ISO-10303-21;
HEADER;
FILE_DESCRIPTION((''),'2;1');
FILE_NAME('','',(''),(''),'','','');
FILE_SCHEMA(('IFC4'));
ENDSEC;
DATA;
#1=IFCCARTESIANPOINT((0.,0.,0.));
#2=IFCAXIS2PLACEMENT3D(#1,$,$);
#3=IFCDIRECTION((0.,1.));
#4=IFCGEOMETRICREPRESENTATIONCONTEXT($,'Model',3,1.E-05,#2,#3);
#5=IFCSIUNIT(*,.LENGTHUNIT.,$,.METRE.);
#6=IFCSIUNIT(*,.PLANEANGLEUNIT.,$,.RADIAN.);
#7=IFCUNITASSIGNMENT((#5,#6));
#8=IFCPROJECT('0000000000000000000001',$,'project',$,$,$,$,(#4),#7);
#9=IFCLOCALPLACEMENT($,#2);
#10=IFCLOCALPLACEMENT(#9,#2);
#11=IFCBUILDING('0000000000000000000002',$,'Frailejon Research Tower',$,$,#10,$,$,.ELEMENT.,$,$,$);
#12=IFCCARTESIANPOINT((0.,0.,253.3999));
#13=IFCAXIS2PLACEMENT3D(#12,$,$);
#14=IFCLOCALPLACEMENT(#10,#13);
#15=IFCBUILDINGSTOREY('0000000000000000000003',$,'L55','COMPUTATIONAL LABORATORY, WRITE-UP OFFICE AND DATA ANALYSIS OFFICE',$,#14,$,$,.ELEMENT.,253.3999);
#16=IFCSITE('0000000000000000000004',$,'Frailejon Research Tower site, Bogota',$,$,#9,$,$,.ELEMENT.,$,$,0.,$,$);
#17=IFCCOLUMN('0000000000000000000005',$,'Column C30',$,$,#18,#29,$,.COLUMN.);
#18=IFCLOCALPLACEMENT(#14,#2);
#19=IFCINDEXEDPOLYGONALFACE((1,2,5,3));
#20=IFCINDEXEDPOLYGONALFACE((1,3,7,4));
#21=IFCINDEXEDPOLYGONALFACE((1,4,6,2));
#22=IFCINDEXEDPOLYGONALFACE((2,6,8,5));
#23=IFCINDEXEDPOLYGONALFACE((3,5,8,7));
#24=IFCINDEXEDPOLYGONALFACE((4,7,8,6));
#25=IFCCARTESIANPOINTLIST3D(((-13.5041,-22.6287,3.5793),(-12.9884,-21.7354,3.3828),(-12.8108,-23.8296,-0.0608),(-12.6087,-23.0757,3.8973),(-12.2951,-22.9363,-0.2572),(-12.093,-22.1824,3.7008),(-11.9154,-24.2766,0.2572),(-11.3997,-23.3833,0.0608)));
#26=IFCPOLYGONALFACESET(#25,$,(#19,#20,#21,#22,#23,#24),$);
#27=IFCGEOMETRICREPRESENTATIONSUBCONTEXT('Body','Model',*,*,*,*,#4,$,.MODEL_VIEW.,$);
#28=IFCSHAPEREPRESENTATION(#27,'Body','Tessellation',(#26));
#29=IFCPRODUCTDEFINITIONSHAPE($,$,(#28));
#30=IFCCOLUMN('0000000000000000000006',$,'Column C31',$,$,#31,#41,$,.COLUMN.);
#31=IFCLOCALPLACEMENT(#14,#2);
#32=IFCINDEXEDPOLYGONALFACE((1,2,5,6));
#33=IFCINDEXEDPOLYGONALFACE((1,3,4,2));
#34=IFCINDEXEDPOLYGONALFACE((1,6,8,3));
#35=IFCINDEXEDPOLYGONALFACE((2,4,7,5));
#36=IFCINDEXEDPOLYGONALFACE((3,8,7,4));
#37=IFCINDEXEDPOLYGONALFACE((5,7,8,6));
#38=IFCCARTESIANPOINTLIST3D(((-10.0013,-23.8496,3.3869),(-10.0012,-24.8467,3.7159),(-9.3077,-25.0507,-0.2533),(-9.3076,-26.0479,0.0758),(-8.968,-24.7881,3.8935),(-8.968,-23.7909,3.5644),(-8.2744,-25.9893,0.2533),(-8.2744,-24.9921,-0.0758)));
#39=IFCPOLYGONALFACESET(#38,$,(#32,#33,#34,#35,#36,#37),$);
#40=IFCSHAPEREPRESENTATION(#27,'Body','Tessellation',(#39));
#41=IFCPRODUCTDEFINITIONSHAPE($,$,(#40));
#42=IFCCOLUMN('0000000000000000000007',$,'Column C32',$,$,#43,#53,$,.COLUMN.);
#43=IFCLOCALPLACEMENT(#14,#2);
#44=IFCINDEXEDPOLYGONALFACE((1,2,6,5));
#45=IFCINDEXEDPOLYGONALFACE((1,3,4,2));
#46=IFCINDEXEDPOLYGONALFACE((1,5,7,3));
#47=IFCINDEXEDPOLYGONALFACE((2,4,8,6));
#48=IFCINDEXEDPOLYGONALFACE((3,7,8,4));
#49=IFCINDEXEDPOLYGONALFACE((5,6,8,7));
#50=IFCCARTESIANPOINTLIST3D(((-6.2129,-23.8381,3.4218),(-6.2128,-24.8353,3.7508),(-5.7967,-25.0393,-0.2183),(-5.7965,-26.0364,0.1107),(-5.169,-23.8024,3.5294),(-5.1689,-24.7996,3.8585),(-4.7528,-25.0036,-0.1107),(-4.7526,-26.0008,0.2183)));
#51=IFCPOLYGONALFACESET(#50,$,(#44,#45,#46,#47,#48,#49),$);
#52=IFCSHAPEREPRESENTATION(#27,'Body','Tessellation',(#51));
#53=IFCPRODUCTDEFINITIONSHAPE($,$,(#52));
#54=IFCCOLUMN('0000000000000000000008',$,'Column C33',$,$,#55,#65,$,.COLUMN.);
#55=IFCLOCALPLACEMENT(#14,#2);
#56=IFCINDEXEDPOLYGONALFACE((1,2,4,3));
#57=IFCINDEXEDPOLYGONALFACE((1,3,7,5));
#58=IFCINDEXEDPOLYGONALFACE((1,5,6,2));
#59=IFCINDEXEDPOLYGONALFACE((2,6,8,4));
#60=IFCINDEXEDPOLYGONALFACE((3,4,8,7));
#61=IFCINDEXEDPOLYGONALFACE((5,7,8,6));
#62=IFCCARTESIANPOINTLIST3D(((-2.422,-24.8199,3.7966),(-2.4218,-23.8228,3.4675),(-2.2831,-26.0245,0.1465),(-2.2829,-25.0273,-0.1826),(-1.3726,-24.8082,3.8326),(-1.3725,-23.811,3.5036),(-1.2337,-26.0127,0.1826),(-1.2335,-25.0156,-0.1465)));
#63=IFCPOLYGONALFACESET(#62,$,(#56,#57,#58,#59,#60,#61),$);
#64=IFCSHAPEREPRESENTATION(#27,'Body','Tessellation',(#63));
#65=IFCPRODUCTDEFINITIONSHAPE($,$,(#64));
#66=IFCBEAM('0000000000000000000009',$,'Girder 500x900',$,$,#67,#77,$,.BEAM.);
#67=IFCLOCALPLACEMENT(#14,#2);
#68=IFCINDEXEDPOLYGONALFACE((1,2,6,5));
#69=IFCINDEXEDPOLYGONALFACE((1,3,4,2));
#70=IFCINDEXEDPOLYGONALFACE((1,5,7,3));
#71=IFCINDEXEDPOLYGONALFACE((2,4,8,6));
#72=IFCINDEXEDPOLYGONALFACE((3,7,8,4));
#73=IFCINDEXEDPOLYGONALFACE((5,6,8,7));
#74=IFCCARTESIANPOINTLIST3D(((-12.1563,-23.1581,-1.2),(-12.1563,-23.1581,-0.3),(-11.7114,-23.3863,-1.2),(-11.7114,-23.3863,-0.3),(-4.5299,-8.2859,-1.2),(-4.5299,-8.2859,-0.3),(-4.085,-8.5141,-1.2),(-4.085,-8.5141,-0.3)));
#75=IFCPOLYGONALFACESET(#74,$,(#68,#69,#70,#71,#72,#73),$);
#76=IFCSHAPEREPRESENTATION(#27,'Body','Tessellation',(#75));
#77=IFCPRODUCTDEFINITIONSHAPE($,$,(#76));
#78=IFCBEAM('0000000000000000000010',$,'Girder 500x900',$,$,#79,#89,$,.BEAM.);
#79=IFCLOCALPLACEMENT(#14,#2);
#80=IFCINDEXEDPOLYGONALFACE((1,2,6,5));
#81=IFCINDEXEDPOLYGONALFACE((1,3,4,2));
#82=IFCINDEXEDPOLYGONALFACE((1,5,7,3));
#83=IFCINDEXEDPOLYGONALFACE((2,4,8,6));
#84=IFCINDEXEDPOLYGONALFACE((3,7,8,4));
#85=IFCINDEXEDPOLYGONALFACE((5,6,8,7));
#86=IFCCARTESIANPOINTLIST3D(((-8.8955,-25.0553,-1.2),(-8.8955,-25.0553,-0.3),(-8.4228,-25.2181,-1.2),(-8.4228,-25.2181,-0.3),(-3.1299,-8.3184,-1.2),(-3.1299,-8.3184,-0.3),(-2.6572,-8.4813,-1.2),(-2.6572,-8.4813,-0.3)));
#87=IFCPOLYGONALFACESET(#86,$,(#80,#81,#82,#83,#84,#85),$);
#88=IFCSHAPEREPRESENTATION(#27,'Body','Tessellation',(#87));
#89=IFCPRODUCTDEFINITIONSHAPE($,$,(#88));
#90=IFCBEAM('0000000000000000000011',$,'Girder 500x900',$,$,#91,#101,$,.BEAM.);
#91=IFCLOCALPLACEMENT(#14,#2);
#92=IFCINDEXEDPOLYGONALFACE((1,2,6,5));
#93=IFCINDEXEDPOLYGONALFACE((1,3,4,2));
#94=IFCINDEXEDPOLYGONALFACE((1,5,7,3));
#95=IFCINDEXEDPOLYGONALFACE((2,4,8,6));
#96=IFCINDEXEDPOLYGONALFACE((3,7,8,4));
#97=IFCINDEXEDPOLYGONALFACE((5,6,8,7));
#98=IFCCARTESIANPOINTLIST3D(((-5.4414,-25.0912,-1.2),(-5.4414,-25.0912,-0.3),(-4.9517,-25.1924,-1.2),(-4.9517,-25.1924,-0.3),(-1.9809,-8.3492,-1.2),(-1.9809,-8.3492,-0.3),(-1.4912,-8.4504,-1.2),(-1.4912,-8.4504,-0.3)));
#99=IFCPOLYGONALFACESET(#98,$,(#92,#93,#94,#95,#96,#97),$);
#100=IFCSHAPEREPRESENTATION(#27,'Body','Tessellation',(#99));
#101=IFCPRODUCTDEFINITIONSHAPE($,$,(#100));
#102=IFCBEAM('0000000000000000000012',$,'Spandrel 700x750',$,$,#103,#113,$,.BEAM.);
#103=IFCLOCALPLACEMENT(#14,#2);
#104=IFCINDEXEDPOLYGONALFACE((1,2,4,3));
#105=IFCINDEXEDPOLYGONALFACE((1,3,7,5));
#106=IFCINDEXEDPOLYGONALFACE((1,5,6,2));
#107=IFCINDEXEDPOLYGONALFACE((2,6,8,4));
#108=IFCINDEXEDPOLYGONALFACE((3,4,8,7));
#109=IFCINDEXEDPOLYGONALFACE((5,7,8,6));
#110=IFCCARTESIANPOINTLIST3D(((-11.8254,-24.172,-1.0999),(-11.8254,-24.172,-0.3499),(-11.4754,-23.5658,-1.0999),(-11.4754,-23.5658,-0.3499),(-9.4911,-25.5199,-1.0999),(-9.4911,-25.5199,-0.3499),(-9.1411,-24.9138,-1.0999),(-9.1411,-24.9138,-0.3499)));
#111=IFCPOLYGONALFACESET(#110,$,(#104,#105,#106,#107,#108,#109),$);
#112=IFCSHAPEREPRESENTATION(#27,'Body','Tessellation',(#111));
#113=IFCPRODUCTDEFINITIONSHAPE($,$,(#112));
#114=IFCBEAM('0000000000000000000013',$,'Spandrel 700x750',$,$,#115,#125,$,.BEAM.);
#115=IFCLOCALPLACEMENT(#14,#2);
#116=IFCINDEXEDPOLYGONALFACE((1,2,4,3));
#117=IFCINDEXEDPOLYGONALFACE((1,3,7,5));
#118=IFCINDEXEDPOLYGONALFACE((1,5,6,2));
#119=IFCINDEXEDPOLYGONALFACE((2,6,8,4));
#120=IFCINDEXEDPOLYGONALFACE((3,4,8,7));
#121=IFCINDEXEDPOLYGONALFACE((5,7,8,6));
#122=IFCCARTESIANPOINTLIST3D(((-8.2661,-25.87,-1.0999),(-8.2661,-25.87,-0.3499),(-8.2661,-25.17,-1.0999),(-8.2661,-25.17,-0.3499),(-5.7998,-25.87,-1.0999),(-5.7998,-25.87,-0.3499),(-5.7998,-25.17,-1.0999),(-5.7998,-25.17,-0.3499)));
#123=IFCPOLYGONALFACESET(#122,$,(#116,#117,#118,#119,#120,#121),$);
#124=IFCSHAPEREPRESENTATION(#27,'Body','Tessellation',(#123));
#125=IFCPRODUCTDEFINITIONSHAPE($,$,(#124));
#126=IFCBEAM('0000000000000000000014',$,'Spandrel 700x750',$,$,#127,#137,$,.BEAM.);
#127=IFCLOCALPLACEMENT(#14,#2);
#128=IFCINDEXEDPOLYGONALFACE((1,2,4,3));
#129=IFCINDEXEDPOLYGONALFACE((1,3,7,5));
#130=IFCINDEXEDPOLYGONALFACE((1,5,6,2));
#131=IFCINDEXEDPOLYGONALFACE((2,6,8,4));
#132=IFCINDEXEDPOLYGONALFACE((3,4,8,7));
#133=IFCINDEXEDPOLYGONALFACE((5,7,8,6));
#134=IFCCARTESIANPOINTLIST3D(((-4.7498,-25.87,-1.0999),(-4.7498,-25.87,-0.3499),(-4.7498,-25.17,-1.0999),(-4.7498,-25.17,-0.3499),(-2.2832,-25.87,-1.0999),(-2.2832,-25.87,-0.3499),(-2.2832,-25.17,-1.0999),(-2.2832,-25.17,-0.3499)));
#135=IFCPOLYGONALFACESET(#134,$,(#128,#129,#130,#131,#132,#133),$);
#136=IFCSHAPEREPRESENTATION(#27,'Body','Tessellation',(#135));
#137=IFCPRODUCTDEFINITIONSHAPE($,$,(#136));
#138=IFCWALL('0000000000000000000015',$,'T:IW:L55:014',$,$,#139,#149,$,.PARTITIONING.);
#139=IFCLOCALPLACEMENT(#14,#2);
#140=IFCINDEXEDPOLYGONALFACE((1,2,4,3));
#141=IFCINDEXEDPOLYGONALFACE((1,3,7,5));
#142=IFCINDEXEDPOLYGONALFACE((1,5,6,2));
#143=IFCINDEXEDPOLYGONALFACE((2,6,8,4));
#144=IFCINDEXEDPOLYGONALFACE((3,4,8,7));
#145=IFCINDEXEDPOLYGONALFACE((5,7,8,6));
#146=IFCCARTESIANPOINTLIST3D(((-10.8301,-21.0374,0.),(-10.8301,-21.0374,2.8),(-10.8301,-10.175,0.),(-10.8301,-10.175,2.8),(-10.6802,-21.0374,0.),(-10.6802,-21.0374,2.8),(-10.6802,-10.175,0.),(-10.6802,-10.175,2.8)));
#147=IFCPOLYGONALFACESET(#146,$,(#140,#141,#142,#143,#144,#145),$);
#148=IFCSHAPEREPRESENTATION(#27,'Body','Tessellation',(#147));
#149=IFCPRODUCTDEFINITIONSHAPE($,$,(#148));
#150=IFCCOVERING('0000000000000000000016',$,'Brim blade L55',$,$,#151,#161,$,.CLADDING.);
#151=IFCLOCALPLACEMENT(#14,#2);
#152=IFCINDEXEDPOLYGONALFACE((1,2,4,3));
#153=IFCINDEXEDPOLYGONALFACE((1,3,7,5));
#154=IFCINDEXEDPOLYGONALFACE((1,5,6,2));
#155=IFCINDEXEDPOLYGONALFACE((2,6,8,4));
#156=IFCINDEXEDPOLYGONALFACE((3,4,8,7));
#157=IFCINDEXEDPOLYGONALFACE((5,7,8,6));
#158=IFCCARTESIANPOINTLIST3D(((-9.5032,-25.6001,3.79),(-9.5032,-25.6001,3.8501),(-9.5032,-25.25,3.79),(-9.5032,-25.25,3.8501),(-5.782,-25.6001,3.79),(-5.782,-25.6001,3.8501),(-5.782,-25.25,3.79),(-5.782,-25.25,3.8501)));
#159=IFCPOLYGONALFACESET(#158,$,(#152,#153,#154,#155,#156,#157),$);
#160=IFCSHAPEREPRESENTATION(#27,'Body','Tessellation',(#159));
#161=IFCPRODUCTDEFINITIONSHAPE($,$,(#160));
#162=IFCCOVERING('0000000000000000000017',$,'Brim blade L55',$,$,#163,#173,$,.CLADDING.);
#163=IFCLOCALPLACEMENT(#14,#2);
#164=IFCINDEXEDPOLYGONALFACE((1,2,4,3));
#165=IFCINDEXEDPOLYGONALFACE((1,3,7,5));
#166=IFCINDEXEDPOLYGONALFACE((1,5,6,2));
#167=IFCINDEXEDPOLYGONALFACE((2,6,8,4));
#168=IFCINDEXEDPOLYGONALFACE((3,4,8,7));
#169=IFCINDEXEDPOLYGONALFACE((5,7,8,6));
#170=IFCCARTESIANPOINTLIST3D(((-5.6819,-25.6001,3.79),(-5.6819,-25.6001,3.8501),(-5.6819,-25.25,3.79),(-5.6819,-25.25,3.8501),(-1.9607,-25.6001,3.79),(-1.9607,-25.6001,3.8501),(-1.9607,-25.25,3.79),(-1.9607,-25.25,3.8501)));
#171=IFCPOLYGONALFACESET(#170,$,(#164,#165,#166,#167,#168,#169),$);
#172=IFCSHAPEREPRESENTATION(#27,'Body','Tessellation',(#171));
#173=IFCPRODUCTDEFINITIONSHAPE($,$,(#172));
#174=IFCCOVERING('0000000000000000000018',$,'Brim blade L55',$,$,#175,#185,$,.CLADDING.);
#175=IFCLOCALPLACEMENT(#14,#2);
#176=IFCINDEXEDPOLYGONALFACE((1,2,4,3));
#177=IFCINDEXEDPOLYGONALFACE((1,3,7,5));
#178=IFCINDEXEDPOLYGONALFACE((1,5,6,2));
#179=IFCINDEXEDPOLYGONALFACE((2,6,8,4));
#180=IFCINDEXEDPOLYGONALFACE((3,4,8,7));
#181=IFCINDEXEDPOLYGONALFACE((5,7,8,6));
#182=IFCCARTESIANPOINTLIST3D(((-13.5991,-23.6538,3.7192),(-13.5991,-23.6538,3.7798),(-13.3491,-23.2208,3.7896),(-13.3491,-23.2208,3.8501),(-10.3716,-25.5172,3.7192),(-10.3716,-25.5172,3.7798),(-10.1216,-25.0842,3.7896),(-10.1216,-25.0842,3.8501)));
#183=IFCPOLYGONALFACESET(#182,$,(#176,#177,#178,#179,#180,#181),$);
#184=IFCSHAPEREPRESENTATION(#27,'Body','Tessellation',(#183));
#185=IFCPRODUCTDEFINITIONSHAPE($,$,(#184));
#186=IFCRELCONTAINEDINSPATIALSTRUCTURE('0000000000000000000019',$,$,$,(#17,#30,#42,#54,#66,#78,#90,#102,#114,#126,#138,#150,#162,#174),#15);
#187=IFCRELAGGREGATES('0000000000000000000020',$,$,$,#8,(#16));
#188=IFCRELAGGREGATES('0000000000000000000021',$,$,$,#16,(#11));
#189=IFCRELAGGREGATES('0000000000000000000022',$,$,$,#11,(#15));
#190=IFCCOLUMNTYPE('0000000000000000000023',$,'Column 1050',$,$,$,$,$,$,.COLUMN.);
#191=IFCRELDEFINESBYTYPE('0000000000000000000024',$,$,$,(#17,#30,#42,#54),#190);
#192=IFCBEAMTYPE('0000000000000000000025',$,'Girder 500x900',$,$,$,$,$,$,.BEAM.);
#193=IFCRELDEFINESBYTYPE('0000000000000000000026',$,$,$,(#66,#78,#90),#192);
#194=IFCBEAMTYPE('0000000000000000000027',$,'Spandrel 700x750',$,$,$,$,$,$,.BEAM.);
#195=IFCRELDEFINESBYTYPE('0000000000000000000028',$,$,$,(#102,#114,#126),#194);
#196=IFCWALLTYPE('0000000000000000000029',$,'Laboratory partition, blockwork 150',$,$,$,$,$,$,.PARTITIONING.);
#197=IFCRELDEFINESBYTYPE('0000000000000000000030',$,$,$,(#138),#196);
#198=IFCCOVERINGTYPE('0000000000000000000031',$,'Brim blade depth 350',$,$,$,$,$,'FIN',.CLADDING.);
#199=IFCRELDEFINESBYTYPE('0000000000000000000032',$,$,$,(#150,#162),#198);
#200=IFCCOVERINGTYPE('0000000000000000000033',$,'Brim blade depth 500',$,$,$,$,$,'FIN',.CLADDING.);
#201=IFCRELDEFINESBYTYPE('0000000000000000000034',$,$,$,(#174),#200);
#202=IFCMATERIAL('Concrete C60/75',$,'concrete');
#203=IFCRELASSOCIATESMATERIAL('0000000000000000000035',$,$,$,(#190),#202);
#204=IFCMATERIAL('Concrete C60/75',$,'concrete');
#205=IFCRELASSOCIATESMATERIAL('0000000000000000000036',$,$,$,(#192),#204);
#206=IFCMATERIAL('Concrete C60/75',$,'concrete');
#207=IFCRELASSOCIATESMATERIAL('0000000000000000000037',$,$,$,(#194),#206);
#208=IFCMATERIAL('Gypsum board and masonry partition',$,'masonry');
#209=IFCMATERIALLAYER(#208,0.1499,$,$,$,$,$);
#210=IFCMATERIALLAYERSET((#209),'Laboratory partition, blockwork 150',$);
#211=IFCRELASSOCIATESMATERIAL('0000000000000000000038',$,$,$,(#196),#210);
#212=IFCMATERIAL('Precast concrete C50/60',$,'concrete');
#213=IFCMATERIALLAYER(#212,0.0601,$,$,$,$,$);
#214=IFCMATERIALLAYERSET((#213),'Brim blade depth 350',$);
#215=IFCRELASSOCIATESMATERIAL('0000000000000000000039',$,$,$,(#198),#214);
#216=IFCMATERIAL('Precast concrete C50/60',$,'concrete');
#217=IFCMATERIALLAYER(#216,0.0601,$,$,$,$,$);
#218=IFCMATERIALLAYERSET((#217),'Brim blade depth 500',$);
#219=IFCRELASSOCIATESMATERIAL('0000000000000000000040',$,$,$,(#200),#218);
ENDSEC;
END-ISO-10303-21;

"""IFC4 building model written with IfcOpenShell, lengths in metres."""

from ifc_helpers import new_model, si_unit, direction, frame, frame_2d, origin, origin_2d, place, context, subcontext, project, spatial, polyline, rectangle, outline, extrude, material, layer, layer_set, material_profile, profile_set, type_object, element, save


model = new_model("IFC4")

# Units and contexts
model_context = context("Model", 3, precision=1e-05, world=origin(), true_north=direction((0.0, 1.0)))
body_context = subcontext(model_context, "Body", "Model", "MODEL_VIEW")
ifc_project = project(units=[si_unit("LENGTHUNIT", "METRE"), si_unit("PLANEANGLEUNIT", "RADIAN")], contexts=[model_context])

# Site, building, storey
site_placement = place(None, origin())
site = spatial("IfcSite", under=ifc_project, at=site_placement, Name="Frailejon Research Tower site, Bogota", CompositionType="ELEMENT", RefElevation=0.0)
building_placement = place(site_placement, origin())
building = spatial("IfcBuilding", under=site, at=building_placement, Name="Frailejon Research Tower", CompositionType="ELEMENT")
storey_placement = place(building_placement, frame((0.0, 0.0, 253.3999)))
storey = spatial("IfcBuildingStorey", under=building, at=storey_placement, Name="L55", Description="COMPUTATIONAL LABORATORY, WRITE-UP OFFICE AND DATA ANALYSIS OFFICE", CompositionType="ELEMENT", Elevation=253.3999)

# Columns
ifc_material_1 = material(Name="Concrete C60/75", Category="concrete")
ifc_material_profile_1 = material_profile(ifc_material_1, rectangle(XDim=1.05, YDim=1.05, at=origin_2d()), Name="Column 1050")
ifc_profile_set_1 = profile_set([ifc_material_profile_1], Name="Concrete C60/75")
column_type = type_object("IfcColumnType", Name="Column 1050", PredefinedType="COLUMN", material=ifc_profile_set_1)
column_1_placement = place(storey_placement, frame((-12.1052, -23.6064, 0.0), z_axis=(-0.177998, 0.3083, 0.934488), x_axis=(0.852703, -0.425654, 0.302848)))
element("IfcColumn", 1, at=column_1_placement, inside=storey, type_object=column_type, Name="Column C30", PredefinedType="COLUMN", context=body_context, shape_type="SweptSolid", body=[
    extrude(rectangle(XDim=1.05, YDim=1.05, at=origin_2d()), origin(), (0.0, 0.0, 1.0), 3.8953),
])
column_2_placement = place(storey_placement, frame((-8.791, -25.52, 0.0), z_axis=(-0.178055, 0.308353, 0.93446), x_axis=(0.984021, 0.055825, 0.169077)))
element("IfcColumn", 2, at=column_2_placement, inside=storey, type_object=column_type, Name="Column C31", PredefinedType="COLUMN", context=body_context, shape_type="SweptSolid", body=[
    extrude(rectangle(XDim=1.05, YDim=1.05, at=origin_2d()), origin(), (0.0, 0.0, 1.0), 3.8955),
])
column_3_placement = place(storey_placement, frame((-5.2747, -25.52, 0.0), z_axis=(-0.107959, 0.311529, 0.944084), x_axis=(0.994155, 0.033953, 0.102481)))
element("IfcColumn", 3, at=column_3_placement, inside=storey, type_object=column_type, Name="Column C32", PredefinedType="COLUMN", context=body_context, shape_type="SweptSolid", body=[
    extrude(rectangle(XDim=1.05, YDim=1.05, at=origin_2d()), origin(), (0.0, 0.0, 1.0), 3.8557),
])
column_4_placement = place(storey_placement, frame((-1.7583, -25.52, 0.0), z_axis=(-0.036117, 0.313183, 0.949006), x_axis=(0.999348, 0.011192, 0.034339)))
element("IfcColumn", 4, at=column_4_placement, inside=storey, type_object=column_type, Name="Column C33", PredefinedType="COLUMN", context=body_context, shape_type="SweptSolid", body=[
    extrude(rectangle(XDim=1.05, YDim=1.05, at=origin_2d()), origin(), (0.0, 0.0, 1.0), 3.8462),
])

# Beams
ifc_material_2 = material(Name="Concrete C60/75", Category="concrete")
ifc_material_profile_2 = material_profile(ifc_material_2, rectangle(XDim=0.5, YDim=0.8999, at=origin_2d()), Name="Girder 500x900")
ifc_profile_set_2 = profile_set([ifc_material_profile_2], Name="Concrete C60/75")
beam_type_1 = type_object("IfcBeamType", Name="Girder 500x900", PredefinedType="BEAM", material=ifc_profile_set_2)
beam_1_placement = place(storey_placement, frame((-11.9338, -23.2722, -0.75), z_axis=(0.456299, 0.889826, 0.0), x_axis=(-0.889826, 0.456299, 0.0)))
element("IfcBeam", 5, at=beam_1_placement, inside=storey, type_object=beam_type_1, Name="Girder 500x900", PredefinedType="BEAM", context=body_context, shape_type="SweptSolid", body=[
    extrude(rectangle(XDim=0.5, YDim=0.8999, at=origin_2d()), origin(), (0.0, 0.0, 1.0), 16.7136),
])
beam_2_placement = place(storey_placement, frame((-8.6592, -25.1367, -0.75), z_axis=(0.325703, 0.945472, 0.0), x_axis=(-0.945472, 0.325703, 0.0)))
element("IfcBeam", 6, at=beam_2_placement, inside=storey, type_object=beam_type_1, Name="Girder 500x900", PredefinedType="BEAM", context=body_context, shape_type="SweptSolid", body=[
    extrude(rectangle(XDim=0.5, YDim=0.8999, at=origin_2d()), origin(), (0.0, 0.0, 1.0), 17.7021),
])
beam_3_placement = place(storey_placement, frame((-5.1965, -25.1418, -0.75), z_axis=(0.202415, 0.9793, 0.0), x_axis=(-0.9793, 0.202415, 0.0)))
element("IfcBeam", 7, at=beam_3_placement, inside=storey, type_object=beam_type_1, Name="Girder 500x900", PredefinedType="BEAM", context=body_context, shape_type="SweptSolid", body=[
    extrude(rectangle(XDim=0.5, YDim=0.8999, at=origin_2d()), origin(), (0.0, 0.0, 1.0), 17.0959),
])
ifc_material_3 = material(Name="Concrete C60/75", Category="concrete")
ifc_material_profile_3 = material_profile(ifc_material_3, rectangle(XDim=0.7, YDim=0.75, at=origin_2d()), Name="Spandrel 700x750")
ifc_profile_set_3 = profile_set([ifc_material_profile_3], Name="Concrete C60/75")
beam_type_2 = type_object("IfcBeamType", Name="Spandrel 700x750", PredefinedType="BEAM", material=ifc_profile_set_3)
beam_4_placement = place(storey_placement, frame((-11.6504, -23.8689, -0.7249), z_axis=(0.865988, -0.500065, 0.0), x_axis=(0.500065, 0.865988, 0.0)))
element("IfcBeam", 8, at=beam_4_placement, inside=storey, type_object=beam_type_2, Name="Spandrel 700x750", PredefinedType="BEAM", context=body_context, shape_type="SweptSolid", body=[
    extrude(rectangle(XDim=0.7, YDim=0.75, at=origin_2d()), origin(), (0.0, 0.0, 1.0), 2.6956),
])
beam_5_placement = place(storey_placement, frame((-8.2661, -25.52, -0.7249), z_axis=(1.0, 0.0, 0.0), x_axis=(0.0, 1.0, 0.0)))
element("IfcBeam", 9, at=beam_5_placement, inside=storey, type_object=beam_type_2, Name="Spandrel 700x750", PredefinedType="BEAM", context=body_context, shape_type="SweptSolid", body=[
    extrude(rectangle(XDim=0.7, YDim=0.75, at=origin_2d()), origin(), (0.0, 0.0, 1.0), 2.4663),
])
beam_6_placement = place(storey_placement, frame((-4.7498, -25.52, -0.7249), z_axis=(1.0, 0.0, 0.0), x_axis=(0.0, 1.0, 0.0)))
element("IfcBeam", 10, at=beam_6_placement, inside=storey, type_object=beam_type_2, Name="Spandrel 700x750", PredefinedType="BEAM", context=body_context, shape_type="SweptSolid", body=[
    extrude(rectangle(XDim=0.7, YDim=0.75, at=origin_2d()), origin(), (0.0, 0.0, 1.0), 2.4666),
])

# Wall
ifc_material_4 = material(Name="Gypsum board and masonry partition", Category="masonry")
ifc_layer_1 = layer(ifc_material_4, 0.1499)
ifc_layer_set_1 = layer_set([ifc_layer_1], Name="Laboratory partition, blockwork 150")
wall_type_1 = type_object("IfcWallType", Name="Laboratory partition, blockwork 150", PredefinedType="PARTITIONING", material=ifc_layer_set_1)
wall_1_placement = place(storey_placement, frame((-10.7551, -21.0374, 0.0), z_axis=(0.0, 0.0, 1.0), x_axis=(0.0, 1.0, 0.0)))
element("IfcWall", 11, at=wall_1_placement, inside=storey, type_object=wall_type_1, Name="T:IW:L55:014", PredefinedType="PARTITIONING", context=body_context, shape_type="SweptSolid", body=[
    extrude(rectangle(XDim=10.8623, YDim=0.1499, at=frame_2d((5.4312, 0.0))), origin(), (0.0, 0.0, 1.0), 2.8),
])

# Coverings
ifc_material_5 = material(Name="Precast concrete C50/60", Category="concrete")
ifc_layer_2 = layer(ifc_material_5, 0.0601)
ifc_layer_set_2 = layer_set([ifc_layer_2], Name="Brim blade depth 350")
covering_type_1 = type_object("IfcCoveringType", Name="Brim blade depth 350", ElementType="FIN", PredefinedType="CLADDING", material=ifc_layer_set_2)
for number, where, z_axis, x_axis, name in (
    (12, (-5.782, -25.25, 3.8501), (-1.0, 0.0, 0.0), (0.0, -1.0, 0.0), "Brim blade L55"),
    (13, (-1.9607, -25.25, 3.8501), (-1.0, 0.0, 0.0), (0.0, -1.0, 0.0), "Brim blade L55"),
):
    element("IfcCovering", number, at=place(storey_placement, frame(where, z_axis=z_axis, x_axis=x_axis)), inside=storey, type_object=covering_type_1, Name=name, PredefinedType="CLADDING", context=body_context, shape_type="SweptSolid", body=[
        extrude(outline(polyline([(0.0, -0.0601), (0.3501, -0.0601), (0.3501, 0.0), (0.0, 0.0), (0.0, -0.0601)])), origin(), (0.0, 0.0, 1.0), 3.7212),
    ])
ifc_material_6 = material(Name="Precast concrete C50/60", Category="concrete")
ifc_layer_3 = layer(ifc_material_6, 0.0601)
ifc_layer_set_3 = layer_set([ifc_layer_3], Name="Brim blade depth 500")
covering_type_2 = type_object("IfcCoveringType", Name="Brim blade depth 500", ElementType="FIN", PredefinedType="CLADDING", material=ifc_layer_set_3)
covering_placement = place(storey_placement, frame((-10.1216, -25.0842, 3.8501), z_axis=(-0.866018, 0.500012, 0.0), x_axis=(-0.500012, -0.866018, 0.0)))
element("IfcCovering", 14, at=covering_placement, inside=storey, type_object=covering_type_2, Name="Brim blade L55", PredefinedType="CLADDING", context=body_context, shape_type="SweptSolid", body=[
    extrude(outline(polyline([(0.0, -0.0605), (0.5, -0.1309), (0.5, -0.0703), (0.0, 0.0), (0.0, -0.0605)])), origin(), (0.0, 0.0, 1.0), 3.7268),
])

save(model, "model.ifc")
